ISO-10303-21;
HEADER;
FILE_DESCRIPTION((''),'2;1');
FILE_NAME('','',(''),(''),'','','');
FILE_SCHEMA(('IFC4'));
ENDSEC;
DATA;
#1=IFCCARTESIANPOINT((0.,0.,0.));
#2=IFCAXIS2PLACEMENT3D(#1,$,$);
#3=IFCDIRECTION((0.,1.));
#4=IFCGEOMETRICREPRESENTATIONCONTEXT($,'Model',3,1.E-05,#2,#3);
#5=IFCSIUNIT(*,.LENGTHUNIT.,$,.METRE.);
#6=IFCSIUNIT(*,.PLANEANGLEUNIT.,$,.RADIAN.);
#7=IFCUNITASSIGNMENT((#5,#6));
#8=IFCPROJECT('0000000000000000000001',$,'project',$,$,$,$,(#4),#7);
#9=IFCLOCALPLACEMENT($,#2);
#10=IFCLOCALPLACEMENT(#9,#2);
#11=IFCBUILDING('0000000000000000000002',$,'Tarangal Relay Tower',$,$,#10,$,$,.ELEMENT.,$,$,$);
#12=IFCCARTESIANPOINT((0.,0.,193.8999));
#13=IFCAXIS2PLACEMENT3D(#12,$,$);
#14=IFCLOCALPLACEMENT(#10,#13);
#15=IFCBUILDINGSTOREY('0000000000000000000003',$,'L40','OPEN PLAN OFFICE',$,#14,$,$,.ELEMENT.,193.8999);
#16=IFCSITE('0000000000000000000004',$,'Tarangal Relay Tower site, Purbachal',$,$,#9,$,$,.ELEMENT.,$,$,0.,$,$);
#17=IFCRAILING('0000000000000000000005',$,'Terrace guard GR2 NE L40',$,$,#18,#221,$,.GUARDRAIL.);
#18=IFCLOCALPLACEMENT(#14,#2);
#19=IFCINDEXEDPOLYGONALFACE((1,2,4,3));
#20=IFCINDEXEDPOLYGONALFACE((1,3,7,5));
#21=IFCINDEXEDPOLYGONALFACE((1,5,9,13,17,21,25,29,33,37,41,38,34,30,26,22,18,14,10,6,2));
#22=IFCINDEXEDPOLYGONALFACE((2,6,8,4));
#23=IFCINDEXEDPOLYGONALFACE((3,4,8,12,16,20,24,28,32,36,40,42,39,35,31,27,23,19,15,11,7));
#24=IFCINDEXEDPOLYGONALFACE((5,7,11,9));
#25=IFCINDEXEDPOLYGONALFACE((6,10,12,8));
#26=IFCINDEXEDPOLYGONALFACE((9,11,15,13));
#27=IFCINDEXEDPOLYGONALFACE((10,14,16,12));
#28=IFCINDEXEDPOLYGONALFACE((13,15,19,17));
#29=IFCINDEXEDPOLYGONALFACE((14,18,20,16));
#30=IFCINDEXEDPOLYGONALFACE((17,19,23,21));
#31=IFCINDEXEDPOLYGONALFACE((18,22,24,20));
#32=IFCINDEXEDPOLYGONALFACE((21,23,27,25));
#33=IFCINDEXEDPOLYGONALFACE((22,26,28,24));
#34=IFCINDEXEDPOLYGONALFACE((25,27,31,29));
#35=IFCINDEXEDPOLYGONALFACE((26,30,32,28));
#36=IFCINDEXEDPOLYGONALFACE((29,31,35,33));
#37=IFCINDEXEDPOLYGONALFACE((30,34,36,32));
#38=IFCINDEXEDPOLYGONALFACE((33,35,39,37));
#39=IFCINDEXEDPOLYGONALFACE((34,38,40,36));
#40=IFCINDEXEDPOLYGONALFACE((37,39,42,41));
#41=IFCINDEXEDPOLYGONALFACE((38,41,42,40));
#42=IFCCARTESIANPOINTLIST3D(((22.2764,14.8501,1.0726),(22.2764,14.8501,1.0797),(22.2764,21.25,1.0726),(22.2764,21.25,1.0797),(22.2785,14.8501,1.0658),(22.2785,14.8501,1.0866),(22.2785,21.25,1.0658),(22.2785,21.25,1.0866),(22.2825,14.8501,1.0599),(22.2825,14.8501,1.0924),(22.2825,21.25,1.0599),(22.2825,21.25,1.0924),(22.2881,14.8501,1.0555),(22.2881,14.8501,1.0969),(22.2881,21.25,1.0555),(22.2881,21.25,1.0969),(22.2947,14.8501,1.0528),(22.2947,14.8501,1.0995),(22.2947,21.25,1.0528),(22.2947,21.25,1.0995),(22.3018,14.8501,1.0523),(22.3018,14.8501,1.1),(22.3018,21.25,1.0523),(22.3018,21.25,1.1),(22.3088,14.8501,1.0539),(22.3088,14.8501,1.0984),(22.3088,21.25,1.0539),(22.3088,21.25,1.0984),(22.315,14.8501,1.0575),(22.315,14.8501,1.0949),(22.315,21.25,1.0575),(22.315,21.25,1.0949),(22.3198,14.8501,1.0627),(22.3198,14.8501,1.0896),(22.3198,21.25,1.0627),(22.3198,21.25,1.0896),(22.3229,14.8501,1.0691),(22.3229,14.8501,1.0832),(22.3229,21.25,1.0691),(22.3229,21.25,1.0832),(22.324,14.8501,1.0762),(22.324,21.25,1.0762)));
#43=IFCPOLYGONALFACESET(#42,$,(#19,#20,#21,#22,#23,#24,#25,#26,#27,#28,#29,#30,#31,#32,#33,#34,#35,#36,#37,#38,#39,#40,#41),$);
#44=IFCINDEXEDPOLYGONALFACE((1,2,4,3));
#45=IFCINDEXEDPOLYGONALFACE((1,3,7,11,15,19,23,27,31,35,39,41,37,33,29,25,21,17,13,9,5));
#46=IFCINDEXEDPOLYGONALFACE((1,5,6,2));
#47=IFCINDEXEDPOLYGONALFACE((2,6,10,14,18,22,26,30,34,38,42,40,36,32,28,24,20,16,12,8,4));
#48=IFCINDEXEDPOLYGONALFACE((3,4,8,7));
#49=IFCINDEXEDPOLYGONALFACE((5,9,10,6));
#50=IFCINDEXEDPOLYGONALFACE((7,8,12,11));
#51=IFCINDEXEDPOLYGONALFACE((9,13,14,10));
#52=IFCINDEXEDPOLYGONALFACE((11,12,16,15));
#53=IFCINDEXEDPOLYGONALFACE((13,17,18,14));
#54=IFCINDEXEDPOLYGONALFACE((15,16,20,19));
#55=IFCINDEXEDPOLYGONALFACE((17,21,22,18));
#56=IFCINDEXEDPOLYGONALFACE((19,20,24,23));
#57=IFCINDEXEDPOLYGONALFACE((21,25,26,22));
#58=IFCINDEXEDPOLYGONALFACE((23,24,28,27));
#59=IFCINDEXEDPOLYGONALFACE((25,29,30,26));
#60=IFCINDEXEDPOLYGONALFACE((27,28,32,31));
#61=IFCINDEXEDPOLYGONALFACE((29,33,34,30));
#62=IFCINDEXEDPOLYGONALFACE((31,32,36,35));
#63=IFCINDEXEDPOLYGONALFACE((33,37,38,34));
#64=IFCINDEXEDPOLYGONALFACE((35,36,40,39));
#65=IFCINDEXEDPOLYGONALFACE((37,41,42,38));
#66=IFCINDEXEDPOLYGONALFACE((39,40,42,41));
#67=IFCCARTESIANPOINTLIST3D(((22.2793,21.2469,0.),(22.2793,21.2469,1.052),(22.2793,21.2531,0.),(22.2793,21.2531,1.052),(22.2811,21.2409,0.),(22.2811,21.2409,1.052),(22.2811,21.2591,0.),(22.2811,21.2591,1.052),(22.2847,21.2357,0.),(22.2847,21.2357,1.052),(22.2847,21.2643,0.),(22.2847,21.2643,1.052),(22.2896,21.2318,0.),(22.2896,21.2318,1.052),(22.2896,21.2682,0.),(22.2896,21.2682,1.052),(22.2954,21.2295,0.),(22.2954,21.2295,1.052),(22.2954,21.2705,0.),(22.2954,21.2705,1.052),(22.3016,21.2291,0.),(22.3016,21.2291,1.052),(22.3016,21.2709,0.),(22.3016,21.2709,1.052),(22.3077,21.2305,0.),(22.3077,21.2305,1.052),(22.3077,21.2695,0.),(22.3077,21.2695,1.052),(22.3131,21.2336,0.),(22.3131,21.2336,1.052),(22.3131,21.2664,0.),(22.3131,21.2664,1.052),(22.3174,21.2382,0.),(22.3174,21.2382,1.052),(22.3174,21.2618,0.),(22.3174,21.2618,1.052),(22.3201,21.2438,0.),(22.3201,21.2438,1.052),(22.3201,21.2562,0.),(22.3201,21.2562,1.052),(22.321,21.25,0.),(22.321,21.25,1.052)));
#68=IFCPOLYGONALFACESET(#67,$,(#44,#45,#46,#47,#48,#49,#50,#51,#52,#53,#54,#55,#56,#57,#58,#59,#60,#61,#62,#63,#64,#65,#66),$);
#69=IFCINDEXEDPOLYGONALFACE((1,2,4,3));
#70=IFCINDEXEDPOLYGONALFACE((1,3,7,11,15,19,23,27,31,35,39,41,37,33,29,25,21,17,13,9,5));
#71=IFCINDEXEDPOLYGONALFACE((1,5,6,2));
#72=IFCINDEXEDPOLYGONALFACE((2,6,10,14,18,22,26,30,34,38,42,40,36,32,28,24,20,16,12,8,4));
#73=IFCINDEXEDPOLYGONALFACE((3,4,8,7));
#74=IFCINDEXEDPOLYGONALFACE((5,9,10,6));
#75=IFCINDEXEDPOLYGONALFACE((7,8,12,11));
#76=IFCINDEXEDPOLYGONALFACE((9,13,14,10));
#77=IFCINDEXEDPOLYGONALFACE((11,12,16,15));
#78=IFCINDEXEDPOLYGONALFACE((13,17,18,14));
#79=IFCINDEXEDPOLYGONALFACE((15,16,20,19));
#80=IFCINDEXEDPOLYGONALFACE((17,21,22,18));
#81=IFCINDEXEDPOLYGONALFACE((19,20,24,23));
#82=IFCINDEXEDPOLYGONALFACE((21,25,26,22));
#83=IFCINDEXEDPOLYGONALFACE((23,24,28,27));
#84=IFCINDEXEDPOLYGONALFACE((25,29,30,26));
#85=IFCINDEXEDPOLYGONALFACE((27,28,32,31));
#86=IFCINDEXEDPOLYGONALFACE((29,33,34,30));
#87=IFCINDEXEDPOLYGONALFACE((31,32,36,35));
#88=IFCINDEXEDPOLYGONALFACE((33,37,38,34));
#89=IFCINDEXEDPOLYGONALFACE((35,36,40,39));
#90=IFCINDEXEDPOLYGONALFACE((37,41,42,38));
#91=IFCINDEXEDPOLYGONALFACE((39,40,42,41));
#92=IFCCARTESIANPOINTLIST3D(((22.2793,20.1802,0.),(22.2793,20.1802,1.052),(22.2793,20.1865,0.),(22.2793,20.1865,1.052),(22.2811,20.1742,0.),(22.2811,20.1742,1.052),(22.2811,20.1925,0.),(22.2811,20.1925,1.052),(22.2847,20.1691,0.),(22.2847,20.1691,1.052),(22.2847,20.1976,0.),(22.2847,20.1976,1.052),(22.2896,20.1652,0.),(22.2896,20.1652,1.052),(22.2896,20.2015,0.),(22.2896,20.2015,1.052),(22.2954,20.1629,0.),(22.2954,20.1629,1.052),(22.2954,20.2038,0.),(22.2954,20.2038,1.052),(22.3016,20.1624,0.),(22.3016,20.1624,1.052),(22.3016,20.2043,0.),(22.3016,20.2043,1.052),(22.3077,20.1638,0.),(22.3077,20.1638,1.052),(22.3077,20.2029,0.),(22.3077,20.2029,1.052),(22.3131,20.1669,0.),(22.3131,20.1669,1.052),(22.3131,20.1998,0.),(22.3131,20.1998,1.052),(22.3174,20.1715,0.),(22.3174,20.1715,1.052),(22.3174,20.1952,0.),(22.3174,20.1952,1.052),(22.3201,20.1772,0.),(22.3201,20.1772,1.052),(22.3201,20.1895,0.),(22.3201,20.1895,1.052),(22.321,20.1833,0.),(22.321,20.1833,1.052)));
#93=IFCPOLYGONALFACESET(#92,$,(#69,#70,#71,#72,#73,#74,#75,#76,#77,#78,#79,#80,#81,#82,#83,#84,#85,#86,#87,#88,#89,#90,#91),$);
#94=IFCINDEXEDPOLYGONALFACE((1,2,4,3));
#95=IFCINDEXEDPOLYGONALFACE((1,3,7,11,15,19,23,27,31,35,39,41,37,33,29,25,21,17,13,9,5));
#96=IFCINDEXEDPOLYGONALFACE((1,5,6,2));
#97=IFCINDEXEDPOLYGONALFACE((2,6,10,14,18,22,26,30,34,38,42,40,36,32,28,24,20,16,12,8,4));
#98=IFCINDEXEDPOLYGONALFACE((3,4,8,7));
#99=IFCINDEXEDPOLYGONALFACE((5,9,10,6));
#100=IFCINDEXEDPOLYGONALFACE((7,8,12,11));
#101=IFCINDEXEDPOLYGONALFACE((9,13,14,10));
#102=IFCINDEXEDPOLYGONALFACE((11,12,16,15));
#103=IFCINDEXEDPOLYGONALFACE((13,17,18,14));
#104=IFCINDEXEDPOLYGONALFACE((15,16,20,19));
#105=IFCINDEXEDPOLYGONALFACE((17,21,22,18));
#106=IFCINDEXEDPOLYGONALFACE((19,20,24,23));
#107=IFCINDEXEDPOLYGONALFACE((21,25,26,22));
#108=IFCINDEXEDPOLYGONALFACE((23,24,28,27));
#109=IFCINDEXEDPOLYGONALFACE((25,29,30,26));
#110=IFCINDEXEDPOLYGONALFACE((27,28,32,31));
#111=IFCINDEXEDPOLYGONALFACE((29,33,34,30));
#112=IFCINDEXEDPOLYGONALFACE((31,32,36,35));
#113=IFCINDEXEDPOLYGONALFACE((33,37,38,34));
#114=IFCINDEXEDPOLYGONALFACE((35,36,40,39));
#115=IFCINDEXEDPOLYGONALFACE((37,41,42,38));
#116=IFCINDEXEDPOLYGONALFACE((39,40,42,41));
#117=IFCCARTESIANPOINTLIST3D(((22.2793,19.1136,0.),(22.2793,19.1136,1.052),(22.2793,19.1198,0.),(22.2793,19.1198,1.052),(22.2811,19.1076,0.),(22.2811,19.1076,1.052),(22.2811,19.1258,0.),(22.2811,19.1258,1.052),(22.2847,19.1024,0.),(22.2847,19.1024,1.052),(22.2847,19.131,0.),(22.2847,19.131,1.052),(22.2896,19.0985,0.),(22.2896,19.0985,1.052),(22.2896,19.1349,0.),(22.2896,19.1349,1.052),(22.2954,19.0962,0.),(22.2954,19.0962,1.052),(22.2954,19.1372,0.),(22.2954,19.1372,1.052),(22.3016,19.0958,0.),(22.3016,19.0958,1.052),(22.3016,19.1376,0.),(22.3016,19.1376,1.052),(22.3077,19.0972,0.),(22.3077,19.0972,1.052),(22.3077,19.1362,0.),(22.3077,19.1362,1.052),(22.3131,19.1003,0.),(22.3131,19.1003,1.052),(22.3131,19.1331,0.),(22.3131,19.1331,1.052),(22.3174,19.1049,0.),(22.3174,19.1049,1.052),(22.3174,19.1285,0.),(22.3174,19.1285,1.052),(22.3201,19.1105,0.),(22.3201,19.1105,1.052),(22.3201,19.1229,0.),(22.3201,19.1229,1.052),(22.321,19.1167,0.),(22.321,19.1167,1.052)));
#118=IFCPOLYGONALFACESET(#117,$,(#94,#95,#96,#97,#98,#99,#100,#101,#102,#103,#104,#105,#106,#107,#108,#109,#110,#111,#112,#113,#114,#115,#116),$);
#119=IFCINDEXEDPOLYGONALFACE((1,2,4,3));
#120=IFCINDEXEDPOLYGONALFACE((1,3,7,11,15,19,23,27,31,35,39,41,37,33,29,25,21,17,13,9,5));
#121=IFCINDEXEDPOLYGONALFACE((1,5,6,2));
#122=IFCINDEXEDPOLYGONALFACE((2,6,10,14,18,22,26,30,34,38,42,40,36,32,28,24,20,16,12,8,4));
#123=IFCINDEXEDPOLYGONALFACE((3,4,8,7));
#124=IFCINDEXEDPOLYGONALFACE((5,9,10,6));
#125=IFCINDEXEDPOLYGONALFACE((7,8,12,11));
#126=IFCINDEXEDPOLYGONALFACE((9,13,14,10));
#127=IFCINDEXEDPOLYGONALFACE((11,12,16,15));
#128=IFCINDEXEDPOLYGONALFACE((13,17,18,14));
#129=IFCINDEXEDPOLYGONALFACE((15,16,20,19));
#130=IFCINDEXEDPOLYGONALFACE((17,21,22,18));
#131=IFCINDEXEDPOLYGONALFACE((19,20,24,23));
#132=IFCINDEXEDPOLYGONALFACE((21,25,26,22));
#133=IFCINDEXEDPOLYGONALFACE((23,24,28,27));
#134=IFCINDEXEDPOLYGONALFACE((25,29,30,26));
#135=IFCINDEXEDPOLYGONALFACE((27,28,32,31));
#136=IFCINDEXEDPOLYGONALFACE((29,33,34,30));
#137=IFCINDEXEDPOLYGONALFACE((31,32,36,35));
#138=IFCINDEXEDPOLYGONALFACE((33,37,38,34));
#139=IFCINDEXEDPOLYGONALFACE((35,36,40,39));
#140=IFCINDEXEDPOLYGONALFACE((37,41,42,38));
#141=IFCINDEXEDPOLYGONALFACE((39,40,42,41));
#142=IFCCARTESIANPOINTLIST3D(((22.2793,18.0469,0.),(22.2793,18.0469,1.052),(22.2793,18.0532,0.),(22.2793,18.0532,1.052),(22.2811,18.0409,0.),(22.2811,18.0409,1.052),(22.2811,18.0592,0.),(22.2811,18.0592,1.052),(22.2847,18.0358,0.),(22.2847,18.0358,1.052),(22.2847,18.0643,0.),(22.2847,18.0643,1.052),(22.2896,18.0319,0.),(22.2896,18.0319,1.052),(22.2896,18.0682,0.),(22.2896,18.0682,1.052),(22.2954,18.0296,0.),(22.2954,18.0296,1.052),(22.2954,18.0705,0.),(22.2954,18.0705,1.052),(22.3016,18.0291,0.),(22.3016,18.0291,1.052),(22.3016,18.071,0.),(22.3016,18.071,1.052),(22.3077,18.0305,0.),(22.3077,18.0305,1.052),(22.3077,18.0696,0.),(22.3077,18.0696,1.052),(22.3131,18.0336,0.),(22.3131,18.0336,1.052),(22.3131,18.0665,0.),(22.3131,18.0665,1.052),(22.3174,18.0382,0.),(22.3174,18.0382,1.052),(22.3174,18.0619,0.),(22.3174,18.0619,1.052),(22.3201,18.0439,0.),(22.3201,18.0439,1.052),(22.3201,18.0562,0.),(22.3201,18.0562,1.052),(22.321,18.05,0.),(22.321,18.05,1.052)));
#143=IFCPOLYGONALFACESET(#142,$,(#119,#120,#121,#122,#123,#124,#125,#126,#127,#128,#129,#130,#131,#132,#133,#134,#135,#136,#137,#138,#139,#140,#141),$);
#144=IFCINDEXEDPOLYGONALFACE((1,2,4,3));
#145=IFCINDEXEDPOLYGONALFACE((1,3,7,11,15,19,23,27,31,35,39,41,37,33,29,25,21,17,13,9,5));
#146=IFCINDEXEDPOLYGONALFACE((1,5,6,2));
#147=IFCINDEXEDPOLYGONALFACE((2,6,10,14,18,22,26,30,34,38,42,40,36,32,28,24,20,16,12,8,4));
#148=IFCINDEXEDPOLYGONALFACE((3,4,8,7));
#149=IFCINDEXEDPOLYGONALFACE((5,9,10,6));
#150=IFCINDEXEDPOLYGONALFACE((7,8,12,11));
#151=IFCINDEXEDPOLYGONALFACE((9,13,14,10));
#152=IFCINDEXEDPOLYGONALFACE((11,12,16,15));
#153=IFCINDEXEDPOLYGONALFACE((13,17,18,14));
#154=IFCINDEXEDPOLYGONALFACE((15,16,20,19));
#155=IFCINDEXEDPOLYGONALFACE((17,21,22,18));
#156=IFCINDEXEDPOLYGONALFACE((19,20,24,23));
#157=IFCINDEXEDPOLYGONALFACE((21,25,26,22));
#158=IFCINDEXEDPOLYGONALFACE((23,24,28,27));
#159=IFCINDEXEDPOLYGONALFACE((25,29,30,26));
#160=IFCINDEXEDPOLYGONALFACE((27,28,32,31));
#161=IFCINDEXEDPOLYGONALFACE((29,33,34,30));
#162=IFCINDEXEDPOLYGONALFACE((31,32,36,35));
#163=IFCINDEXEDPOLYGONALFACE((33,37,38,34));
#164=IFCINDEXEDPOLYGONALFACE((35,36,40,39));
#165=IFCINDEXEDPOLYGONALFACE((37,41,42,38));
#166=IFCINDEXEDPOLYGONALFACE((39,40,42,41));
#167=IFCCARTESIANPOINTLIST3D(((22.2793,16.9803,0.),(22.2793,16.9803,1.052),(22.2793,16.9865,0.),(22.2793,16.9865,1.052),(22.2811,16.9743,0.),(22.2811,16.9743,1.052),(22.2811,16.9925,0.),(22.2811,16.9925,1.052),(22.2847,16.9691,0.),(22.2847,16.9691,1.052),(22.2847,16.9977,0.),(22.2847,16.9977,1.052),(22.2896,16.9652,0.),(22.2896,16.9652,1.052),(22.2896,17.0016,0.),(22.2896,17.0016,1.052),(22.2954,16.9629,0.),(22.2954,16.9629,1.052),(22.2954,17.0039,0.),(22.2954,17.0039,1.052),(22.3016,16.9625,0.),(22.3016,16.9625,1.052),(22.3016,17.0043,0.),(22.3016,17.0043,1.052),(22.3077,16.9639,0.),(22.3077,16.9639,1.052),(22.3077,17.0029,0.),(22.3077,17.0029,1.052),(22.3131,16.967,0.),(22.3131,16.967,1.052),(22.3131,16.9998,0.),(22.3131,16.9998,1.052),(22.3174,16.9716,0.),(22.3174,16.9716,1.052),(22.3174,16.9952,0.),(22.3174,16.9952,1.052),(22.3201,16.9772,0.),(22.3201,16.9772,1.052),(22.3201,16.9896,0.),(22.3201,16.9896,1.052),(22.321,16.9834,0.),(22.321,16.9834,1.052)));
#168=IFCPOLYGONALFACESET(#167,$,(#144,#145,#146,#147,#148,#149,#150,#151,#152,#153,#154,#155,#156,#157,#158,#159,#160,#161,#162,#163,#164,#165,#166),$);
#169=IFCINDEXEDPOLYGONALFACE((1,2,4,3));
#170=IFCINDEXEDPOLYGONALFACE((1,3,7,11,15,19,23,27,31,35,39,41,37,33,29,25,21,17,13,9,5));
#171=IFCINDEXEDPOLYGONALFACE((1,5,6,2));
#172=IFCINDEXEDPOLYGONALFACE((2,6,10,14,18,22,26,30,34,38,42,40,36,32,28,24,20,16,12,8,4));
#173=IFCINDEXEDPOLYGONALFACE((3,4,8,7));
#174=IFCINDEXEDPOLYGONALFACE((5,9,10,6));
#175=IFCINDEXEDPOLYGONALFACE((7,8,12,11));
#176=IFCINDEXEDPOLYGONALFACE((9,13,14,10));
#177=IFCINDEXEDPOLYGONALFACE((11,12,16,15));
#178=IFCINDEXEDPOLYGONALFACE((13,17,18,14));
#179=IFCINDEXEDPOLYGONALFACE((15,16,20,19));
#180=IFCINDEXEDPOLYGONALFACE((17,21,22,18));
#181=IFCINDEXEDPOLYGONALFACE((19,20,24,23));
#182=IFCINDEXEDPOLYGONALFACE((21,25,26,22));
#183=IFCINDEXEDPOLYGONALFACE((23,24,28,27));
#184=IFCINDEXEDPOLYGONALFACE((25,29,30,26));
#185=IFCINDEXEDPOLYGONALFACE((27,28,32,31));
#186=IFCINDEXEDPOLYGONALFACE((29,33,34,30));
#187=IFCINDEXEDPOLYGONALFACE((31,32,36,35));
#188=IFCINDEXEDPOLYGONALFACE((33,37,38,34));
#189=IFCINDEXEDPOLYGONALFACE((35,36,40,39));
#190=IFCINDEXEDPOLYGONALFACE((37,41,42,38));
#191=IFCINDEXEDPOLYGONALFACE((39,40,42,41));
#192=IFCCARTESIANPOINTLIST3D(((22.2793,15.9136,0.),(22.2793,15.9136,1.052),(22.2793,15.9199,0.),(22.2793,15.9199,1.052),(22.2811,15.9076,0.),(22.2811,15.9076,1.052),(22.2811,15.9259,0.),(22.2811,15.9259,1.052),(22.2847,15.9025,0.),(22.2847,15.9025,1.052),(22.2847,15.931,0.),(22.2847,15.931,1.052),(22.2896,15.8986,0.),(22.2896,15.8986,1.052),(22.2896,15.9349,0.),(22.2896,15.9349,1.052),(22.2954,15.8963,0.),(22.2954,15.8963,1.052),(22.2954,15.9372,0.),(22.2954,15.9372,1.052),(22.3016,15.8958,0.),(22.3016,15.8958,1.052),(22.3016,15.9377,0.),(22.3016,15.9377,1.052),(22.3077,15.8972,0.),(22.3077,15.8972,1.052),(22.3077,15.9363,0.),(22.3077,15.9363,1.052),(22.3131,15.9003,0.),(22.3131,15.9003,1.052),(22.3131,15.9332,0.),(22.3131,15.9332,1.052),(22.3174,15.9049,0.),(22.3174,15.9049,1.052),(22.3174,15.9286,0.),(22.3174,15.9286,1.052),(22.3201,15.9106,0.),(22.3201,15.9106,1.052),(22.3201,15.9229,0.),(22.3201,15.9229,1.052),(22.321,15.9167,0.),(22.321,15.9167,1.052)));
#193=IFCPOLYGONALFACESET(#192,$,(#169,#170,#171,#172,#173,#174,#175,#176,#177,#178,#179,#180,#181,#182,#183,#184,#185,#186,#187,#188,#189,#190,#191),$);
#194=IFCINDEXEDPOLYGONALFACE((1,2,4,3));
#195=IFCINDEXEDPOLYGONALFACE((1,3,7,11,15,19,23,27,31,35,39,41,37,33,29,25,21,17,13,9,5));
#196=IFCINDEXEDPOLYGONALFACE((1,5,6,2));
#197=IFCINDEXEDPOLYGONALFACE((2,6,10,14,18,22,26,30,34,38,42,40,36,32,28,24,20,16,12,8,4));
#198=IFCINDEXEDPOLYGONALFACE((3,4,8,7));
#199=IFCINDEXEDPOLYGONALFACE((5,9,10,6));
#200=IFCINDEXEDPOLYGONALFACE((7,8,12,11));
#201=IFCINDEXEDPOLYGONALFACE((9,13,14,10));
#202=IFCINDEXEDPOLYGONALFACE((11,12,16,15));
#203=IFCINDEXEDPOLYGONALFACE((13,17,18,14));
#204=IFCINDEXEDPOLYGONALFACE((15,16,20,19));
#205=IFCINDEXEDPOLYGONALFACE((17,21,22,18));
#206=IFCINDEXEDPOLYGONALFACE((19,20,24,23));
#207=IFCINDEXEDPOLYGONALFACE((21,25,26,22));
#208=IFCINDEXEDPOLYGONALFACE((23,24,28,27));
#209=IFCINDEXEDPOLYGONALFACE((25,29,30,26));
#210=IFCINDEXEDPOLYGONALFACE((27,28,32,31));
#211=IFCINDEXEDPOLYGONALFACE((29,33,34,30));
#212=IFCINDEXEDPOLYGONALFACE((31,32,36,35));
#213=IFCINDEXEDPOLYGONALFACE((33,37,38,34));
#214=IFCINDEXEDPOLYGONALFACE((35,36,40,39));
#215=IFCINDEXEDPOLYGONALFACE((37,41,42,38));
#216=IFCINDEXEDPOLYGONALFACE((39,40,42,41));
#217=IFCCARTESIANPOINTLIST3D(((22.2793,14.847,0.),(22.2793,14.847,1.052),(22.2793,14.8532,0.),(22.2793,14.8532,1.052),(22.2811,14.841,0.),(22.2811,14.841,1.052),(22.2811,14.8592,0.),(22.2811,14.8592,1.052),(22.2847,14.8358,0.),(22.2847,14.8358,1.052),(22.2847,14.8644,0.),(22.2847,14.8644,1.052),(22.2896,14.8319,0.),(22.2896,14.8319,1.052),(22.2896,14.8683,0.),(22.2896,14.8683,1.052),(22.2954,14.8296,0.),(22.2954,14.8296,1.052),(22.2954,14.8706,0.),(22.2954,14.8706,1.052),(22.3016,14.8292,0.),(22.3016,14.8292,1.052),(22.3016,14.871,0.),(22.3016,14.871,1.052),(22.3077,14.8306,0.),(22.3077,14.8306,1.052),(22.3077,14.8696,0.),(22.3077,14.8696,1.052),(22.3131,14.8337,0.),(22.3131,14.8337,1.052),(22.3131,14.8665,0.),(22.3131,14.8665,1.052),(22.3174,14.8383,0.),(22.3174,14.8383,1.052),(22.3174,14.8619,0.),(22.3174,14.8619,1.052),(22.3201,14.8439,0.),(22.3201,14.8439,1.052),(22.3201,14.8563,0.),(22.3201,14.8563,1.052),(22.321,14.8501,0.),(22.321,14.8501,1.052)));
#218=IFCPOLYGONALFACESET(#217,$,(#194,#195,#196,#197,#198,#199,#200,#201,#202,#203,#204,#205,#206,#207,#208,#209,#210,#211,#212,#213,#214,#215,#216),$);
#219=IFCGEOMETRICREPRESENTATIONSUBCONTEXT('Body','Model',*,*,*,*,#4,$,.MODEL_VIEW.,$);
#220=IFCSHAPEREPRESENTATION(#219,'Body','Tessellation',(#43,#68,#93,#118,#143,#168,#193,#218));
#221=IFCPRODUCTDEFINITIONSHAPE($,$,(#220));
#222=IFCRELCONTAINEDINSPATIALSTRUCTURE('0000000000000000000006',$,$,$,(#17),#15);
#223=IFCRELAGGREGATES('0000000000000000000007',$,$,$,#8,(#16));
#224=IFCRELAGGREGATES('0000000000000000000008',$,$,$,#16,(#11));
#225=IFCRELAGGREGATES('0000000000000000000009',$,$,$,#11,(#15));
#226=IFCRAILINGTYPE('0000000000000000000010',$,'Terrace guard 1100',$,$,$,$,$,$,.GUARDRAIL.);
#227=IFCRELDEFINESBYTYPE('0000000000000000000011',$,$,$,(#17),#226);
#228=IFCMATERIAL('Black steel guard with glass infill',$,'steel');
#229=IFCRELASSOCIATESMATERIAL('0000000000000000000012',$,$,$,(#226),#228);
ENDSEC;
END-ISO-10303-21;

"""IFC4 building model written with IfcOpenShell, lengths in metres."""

from ifc_helpers import new_model, si_unit, direction, frame, origin, origin_2d, place, context, subcontext, project, spatial, circle, extrude, material, type_object, element, save


model = new_model("IFC4")

# Units and contexts
model_context = context("Model", 3, precision=1e-05, world=origin(), true_north=direction((0.0, 1.0)))
body_context = subcontext(model_context, "Body", "Model", "MODEL_VIEW")
ifc_project = project(units=[si_unit("LENGTHUNIT", "METRE"), si_unit("PLANEANGLEUNIT", "RADIAN")], contexts=[model_context])

# Site, building, storey
site_placement = place(None, origin())
site = spatial("IfcSite", under=ifc_project, at=site_placement, Name="Tarangal Relay Tower site, Purbachal", CompositionType="ELEMENT", RefElevation=0.0)
building_placement = place(site_placement, origin())
building = spatial("IfcBuilding", under=site, at=building_placement, Name="Tarangal Relay Tower", CompositionType="ELEMENT")
storey_placement = place(building_placement, frame((0.0, 0.0, 193.8999)))
storey = spatial("IfcBuildingStorey", under=building, at=storey_placement, Name="L40", Description="OPEN PLAN OFFICE", CompositionType="ELEMENT", Elevation=193.8999)

# Railing
ifc_material_1 = material(Name="Black steel guard with glass infill", Category="steel")
railing_type = type_object("IfcRailingType", Name="Terrace guard 1100", PredefinedType="GUARDRAIL", material=ifc_material_1)
railing_1_placement = place(storey_placement, frame((22.3, 21.25, 0.0)))
element("IfcRailing", 1, at=railing_1_placement, inside=storey, type_object=railing_type, Name="Terrace guard GR2 NE L40", PredefinedType="GUARDRAIL", context=body_context, shape_type="SweptSolid", body=[
    extrude(circle(Radius=0.0239, at=origin_2d()), frame((0.0, 0.0, 1.0762), z_axis=(0.0, -1.0, 0.0), x_axis=(1.0, 0.0, 0.0)), (0.0, 0.0, 1.0), 6.3999),
    extrude(circle(Radius=0.021, at=origin_2d()), origin(), (0.0, 0.0, 1.0), 1.052),
    extrude(circle(Radius=0.021, at=origin_2d()), frame((0.0, -1.0667, 0.0)), (0.0, 0.0, 1.0), 1.052),
    extrude(circle(Radius=0.021, at=origin_2d()), frame((0.0, -2.1333, 0.0)), (0.0, 0.0, 1.0), 1.052),
    extrude(circle(Radius=0.021, at=origin_2d()), frame((0.0, -3.2, 0.0)), (0.0, 0.0, 1.0), 1.052),
    extrude(circle(Radius=0.021, at=origin_2d()), frame((0.0, -4.2666, 0.0)), (0.0, 0.0, 1.0), 1.052),
    extrude(circle(Radius=0.021, at=origin_2d()), frame((0.0, -5.3333, 0.0)), (0.0, 0.0, 1.0), 1.052),
    extrude(circle(Radius=0.021, at=origin_2d()), frame((0.0, -6.3999, 0.0)), (0.0, 0.0, 1.0), 1.052),
])

save(model, "model.ifc")
